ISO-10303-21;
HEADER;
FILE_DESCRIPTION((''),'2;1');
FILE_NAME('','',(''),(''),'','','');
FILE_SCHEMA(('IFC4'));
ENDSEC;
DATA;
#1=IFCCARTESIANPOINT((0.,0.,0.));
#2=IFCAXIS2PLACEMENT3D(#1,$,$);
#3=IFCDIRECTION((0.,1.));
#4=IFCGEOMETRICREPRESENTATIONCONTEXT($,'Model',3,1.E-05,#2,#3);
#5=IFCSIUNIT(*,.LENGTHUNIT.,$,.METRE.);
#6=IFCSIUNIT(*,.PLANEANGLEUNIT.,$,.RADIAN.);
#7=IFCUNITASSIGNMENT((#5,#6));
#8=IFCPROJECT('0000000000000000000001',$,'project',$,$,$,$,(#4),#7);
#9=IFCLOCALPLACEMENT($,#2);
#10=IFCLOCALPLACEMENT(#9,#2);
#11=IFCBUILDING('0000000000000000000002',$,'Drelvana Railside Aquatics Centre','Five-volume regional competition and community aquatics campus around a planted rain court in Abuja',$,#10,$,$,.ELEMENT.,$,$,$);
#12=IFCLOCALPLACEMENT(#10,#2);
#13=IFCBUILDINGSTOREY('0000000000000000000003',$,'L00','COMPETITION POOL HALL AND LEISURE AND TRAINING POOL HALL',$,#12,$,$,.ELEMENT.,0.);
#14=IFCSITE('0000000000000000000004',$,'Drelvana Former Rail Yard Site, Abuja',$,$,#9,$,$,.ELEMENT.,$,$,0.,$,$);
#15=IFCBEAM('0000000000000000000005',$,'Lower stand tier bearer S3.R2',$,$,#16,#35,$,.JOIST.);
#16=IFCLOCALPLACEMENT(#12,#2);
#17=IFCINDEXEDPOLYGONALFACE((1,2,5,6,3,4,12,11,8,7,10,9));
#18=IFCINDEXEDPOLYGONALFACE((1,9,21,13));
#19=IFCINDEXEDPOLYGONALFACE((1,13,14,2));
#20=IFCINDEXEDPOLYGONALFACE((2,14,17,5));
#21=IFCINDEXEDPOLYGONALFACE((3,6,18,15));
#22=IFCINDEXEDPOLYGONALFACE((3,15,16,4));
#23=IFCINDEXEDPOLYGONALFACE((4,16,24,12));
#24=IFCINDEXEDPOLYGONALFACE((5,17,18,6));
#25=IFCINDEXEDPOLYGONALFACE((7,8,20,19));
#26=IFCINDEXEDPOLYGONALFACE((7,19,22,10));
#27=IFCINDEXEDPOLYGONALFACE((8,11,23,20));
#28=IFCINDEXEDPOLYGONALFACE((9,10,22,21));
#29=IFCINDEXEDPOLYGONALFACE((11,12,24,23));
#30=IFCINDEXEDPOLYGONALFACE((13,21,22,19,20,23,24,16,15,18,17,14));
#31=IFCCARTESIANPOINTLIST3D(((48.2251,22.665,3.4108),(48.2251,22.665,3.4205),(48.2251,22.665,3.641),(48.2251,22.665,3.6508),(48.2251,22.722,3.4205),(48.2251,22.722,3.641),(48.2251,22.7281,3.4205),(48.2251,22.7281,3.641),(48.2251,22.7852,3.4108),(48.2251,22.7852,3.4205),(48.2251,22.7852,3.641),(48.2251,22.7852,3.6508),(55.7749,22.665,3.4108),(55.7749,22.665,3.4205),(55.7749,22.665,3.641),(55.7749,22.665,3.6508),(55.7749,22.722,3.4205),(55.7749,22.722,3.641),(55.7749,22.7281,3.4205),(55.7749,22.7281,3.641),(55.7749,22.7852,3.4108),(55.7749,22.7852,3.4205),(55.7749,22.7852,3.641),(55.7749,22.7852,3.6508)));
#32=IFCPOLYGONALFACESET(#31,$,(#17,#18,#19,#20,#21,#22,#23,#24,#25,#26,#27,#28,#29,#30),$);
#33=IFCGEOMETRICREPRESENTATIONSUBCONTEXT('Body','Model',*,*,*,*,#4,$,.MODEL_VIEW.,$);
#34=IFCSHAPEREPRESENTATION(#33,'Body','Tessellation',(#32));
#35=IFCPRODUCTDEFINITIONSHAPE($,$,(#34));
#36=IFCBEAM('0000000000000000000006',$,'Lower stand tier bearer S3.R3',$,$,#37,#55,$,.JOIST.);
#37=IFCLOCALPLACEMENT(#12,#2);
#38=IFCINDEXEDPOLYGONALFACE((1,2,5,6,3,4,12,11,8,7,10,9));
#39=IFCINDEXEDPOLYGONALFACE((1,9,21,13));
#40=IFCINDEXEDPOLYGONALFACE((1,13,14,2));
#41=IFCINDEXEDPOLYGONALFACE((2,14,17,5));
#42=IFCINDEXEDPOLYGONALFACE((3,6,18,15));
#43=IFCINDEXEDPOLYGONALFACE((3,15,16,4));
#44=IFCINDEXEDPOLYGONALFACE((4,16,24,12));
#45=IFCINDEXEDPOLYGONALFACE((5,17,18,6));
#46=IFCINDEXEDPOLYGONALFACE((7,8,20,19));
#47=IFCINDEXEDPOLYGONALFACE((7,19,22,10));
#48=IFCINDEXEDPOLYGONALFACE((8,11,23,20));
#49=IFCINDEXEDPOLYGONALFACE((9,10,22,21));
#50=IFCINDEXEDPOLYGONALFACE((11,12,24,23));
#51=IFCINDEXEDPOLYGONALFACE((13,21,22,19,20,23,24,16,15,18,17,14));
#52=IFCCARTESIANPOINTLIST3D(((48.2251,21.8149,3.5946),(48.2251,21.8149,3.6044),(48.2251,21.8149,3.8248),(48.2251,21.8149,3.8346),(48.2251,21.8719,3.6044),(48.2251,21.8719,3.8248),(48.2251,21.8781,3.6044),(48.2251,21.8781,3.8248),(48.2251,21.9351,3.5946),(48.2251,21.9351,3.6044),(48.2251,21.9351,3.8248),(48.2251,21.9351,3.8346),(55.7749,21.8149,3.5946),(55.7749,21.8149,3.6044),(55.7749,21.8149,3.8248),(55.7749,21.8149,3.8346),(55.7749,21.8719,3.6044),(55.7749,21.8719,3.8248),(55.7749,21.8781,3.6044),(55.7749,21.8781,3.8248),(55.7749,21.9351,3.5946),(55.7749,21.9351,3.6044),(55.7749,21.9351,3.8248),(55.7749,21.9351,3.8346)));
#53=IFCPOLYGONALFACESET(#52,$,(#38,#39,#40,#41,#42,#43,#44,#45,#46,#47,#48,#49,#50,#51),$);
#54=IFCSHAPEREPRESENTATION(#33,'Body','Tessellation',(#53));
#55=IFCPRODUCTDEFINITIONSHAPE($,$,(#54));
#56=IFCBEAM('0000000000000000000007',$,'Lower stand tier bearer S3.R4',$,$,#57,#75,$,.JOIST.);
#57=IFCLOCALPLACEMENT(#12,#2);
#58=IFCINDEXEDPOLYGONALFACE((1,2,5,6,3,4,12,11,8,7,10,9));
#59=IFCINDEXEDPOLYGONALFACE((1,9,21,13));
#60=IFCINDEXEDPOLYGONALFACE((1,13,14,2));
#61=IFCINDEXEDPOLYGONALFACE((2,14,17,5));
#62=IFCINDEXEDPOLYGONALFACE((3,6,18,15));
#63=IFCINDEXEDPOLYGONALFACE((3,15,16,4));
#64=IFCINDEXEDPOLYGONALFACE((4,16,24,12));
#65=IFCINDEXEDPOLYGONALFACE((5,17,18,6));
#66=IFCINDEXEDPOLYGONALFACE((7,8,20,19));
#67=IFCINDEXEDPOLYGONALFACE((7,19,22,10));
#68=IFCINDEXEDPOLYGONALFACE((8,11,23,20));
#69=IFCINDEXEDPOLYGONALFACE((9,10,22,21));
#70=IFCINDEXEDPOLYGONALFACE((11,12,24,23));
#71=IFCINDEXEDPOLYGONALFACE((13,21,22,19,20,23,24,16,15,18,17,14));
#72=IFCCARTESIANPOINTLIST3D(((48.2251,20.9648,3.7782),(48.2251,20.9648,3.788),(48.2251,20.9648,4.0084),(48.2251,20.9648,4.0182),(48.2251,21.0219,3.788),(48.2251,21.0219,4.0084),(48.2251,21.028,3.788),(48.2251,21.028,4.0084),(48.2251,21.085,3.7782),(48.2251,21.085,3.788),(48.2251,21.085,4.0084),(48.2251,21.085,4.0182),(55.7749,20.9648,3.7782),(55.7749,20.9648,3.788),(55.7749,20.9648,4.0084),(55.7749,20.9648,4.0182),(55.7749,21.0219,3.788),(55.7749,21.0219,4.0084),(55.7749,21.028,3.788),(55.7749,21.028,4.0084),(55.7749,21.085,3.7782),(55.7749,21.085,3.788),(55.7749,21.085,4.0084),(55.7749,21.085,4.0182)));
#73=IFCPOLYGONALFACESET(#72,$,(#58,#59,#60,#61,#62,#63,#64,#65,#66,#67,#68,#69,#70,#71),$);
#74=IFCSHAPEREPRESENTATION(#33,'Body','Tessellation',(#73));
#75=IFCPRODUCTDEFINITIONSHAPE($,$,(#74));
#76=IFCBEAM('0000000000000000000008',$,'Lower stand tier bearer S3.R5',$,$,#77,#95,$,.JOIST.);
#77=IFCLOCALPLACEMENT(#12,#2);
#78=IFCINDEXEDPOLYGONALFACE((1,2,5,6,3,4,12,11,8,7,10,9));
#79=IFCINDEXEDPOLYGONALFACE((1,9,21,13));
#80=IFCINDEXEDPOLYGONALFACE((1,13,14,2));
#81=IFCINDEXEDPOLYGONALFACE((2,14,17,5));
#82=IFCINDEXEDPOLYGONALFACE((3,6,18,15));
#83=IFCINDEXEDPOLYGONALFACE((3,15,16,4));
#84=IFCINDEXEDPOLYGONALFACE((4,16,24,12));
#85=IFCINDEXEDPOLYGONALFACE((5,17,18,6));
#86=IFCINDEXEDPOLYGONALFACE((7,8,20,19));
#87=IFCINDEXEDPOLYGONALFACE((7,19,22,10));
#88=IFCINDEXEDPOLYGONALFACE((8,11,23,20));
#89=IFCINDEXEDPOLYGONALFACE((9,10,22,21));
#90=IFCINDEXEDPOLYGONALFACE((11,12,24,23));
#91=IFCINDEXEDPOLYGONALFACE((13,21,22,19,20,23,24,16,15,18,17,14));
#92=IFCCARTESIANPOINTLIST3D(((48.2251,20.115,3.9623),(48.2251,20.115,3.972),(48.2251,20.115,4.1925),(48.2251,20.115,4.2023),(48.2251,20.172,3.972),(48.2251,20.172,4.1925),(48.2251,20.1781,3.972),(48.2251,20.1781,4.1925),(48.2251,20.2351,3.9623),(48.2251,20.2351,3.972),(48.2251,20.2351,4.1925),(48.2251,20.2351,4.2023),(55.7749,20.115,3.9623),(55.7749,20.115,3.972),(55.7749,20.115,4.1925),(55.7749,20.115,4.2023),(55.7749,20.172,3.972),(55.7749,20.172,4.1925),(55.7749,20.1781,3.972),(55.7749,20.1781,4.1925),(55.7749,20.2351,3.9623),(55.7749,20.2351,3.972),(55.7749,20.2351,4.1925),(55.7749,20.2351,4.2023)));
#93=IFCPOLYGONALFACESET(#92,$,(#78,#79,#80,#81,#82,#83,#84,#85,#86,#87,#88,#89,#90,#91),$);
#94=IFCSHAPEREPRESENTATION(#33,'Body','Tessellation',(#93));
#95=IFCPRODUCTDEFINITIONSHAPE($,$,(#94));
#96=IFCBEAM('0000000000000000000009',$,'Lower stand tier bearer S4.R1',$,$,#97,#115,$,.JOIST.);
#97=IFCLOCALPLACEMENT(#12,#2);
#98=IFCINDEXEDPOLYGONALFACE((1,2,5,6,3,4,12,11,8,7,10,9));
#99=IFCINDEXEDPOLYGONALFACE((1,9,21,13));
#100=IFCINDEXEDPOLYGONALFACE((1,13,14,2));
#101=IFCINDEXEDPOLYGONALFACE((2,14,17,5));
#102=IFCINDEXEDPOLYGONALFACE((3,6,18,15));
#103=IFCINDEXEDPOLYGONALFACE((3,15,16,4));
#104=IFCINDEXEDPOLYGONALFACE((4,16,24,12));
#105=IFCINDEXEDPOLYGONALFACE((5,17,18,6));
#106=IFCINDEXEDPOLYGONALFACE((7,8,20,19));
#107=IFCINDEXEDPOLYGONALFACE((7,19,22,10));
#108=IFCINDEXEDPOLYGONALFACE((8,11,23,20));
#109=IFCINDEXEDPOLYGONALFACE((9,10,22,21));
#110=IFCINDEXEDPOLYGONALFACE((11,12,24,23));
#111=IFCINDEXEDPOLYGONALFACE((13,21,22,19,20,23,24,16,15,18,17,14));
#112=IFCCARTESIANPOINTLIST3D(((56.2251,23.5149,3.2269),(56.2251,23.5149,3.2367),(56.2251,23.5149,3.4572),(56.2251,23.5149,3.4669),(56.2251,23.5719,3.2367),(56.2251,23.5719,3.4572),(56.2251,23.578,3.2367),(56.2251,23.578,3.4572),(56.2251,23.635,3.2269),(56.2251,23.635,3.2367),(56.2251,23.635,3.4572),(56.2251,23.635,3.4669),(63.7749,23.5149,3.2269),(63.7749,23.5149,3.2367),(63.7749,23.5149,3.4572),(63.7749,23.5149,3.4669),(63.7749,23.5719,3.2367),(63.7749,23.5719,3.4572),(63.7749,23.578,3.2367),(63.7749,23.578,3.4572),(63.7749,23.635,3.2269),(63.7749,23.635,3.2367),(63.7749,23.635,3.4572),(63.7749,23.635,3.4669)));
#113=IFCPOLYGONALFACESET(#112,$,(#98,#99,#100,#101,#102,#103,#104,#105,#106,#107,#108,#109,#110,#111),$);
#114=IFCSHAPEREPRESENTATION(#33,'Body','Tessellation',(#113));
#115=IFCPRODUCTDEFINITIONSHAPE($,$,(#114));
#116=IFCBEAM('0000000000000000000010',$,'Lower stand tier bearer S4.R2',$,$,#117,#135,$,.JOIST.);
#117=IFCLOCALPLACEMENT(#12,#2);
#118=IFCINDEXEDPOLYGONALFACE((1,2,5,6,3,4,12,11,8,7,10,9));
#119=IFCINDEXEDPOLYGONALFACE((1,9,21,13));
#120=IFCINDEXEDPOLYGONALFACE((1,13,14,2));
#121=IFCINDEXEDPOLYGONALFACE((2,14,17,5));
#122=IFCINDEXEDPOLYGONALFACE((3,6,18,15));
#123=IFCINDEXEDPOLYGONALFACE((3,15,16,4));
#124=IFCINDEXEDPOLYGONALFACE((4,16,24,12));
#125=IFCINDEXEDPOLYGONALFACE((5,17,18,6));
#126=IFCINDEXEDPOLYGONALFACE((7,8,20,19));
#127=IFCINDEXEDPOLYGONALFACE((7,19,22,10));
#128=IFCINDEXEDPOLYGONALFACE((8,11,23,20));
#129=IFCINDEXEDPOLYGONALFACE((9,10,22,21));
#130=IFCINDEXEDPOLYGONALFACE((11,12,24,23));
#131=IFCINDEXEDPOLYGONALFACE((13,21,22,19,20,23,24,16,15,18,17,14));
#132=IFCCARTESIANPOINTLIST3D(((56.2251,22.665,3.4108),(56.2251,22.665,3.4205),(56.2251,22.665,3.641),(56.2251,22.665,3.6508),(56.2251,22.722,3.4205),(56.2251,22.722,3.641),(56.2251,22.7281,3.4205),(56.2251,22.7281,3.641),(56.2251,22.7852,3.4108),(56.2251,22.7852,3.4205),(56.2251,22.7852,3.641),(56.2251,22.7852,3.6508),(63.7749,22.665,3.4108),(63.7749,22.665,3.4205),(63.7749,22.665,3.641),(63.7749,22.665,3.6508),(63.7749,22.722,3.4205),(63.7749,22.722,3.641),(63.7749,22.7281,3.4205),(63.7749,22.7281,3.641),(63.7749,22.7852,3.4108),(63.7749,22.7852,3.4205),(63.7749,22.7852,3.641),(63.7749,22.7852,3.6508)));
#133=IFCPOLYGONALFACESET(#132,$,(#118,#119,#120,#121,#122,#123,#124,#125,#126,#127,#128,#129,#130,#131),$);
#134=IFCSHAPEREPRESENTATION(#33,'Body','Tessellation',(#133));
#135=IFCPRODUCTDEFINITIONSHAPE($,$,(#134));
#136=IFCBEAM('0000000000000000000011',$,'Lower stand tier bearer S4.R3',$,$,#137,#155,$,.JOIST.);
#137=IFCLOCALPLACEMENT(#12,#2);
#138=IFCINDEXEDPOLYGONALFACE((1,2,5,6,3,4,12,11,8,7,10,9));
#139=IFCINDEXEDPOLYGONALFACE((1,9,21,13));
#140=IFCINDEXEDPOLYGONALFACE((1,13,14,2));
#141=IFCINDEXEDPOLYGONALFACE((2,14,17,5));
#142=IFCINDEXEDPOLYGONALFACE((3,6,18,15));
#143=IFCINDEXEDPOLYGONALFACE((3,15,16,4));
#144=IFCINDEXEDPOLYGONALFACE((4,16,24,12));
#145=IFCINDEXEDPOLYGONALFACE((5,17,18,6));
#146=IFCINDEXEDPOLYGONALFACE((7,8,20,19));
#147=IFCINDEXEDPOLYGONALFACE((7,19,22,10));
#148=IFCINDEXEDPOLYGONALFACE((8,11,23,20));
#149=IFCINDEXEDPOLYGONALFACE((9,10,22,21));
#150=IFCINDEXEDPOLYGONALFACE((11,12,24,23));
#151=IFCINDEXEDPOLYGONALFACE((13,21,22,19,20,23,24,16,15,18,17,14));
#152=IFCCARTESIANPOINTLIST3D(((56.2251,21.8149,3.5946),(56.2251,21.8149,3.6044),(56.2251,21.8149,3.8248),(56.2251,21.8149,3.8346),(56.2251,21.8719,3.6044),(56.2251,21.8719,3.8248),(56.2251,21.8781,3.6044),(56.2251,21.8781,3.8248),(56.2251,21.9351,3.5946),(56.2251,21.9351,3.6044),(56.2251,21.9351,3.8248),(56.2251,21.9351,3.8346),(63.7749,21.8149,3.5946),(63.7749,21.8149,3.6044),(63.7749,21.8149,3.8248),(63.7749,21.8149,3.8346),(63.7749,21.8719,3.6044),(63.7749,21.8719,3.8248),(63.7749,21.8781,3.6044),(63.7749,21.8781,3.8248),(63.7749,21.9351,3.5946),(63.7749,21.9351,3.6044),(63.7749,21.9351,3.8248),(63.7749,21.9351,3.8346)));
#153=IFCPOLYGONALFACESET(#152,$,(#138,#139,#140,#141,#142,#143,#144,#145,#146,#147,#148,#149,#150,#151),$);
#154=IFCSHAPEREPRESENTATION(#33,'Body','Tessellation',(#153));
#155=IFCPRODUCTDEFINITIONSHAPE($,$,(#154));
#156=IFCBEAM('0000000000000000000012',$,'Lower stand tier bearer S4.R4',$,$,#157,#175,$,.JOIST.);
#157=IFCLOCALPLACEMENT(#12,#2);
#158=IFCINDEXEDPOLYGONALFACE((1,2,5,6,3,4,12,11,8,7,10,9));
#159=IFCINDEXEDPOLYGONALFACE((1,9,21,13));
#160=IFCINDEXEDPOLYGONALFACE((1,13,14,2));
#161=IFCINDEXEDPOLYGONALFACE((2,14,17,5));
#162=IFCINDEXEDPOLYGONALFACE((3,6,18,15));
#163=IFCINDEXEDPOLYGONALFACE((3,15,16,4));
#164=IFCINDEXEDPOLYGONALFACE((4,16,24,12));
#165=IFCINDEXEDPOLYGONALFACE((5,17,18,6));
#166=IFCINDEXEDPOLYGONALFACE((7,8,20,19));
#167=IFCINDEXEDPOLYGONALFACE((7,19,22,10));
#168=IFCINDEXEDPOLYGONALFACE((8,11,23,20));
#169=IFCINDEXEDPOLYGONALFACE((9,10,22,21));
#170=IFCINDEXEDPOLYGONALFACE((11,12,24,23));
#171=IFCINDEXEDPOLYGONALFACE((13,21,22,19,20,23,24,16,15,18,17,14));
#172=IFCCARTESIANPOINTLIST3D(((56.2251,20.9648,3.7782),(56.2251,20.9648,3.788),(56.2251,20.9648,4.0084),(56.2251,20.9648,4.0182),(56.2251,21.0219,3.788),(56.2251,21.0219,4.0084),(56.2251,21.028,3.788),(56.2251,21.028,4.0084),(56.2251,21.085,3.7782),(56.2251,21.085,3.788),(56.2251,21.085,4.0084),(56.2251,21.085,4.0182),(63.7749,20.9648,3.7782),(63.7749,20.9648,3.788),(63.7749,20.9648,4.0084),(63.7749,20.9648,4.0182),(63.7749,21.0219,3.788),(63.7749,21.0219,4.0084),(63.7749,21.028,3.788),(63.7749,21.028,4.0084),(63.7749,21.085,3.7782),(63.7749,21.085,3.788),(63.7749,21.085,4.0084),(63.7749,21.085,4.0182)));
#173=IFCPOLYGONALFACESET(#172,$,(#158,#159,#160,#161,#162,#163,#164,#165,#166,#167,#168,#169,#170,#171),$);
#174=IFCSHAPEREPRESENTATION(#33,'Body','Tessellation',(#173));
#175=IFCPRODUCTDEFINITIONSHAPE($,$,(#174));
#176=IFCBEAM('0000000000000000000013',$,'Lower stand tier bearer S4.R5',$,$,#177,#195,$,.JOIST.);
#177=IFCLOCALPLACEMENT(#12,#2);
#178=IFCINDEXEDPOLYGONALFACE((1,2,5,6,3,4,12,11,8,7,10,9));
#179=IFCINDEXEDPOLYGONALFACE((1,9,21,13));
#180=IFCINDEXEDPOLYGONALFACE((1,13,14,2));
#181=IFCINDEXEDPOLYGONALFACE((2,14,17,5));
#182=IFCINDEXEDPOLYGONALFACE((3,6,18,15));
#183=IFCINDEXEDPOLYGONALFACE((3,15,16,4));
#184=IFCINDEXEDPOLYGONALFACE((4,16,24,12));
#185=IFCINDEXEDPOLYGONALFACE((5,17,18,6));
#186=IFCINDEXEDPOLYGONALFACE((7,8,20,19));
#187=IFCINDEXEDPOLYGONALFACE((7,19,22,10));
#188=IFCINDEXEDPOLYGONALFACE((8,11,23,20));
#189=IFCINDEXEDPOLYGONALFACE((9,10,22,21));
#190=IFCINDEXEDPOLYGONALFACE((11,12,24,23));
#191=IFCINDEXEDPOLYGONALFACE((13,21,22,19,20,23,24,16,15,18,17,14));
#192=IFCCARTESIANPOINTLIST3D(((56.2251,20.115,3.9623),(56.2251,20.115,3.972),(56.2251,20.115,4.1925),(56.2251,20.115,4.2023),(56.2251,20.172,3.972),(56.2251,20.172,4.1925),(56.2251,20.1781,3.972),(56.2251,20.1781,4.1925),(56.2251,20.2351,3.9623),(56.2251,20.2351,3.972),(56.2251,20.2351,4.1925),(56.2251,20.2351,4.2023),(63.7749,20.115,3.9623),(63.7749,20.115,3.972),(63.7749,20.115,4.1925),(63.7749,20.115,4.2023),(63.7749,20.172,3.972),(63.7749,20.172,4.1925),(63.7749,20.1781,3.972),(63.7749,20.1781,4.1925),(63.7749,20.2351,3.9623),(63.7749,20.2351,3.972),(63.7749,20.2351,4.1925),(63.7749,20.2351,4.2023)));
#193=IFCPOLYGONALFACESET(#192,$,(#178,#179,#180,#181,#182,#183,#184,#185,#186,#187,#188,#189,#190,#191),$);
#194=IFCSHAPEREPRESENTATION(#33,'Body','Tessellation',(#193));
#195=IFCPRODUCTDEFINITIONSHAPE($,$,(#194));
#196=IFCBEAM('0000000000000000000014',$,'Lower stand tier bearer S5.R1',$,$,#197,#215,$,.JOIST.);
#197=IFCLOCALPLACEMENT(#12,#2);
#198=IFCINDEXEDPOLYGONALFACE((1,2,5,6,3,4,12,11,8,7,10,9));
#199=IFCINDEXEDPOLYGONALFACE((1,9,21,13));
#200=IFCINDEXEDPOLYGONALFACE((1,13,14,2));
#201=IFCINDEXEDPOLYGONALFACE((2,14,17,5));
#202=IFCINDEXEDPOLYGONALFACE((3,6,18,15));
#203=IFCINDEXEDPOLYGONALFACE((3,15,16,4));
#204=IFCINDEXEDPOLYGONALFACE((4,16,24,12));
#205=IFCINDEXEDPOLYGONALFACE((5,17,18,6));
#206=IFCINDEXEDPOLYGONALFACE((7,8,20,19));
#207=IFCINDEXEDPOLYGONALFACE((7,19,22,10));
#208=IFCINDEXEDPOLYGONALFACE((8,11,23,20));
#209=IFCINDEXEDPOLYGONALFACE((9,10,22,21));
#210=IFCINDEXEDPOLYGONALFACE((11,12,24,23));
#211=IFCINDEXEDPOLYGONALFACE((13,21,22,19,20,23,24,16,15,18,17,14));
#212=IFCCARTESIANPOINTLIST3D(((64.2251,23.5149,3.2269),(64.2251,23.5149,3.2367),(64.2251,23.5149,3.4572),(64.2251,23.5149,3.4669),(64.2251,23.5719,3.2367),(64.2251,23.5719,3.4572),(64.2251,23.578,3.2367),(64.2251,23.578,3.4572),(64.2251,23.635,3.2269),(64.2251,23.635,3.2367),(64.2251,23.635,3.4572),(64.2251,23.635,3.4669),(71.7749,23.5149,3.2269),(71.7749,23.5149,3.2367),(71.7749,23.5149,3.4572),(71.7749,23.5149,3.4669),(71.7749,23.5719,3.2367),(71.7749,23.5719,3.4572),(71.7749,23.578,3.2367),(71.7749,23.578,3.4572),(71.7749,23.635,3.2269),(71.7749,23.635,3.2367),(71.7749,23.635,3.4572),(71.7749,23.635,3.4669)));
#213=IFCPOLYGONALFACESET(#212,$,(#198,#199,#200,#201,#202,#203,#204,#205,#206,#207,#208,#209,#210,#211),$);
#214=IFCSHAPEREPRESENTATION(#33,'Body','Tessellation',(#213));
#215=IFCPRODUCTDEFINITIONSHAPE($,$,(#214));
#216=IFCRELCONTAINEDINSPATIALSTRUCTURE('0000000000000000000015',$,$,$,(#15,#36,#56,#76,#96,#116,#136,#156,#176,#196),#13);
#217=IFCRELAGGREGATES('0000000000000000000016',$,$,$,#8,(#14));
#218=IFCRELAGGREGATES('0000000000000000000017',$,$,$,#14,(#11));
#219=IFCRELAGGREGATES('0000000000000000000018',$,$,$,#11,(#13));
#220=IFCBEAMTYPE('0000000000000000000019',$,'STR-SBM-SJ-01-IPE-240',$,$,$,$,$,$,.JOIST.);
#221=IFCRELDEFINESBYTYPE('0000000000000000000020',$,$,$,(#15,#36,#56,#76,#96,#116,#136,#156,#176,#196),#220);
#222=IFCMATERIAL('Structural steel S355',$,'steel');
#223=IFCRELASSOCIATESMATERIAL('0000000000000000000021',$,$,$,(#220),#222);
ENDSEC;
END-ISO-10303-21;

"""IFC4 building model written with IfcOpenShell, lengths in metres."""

from ifc_helpers import new_model, si_unit, direction, frame, origin, origin_2d, place, context, subcontext, project, spatial, i_section, extrude, material, material_profile, profile_set, type_object, element, save


model = new_model("IFC4")

# Units and contexts
model_context = context("Model", 3, precision=1e-05, world=origin(), true_north=direction((0.0, 1.0)))
body_context = subcontext(model_context, "Body", "Model", "MODEL_VIEW")
ifc_project = project(units=[si_unit("LENGTHUNIT", "METRE"), si_unit("PLANEANGLEUNIT", "RADIAN")], contexts=[model_context])

# Site, building, storey
site_placement = place(None, origin())
site = spatial("IfcSite", under=ifc_project, at=site_placement, Name="Drelvana Former Rail Yard Site, Abuja", CompositionType="ELEMENT", RefElevation=0.0)
building_placement = place(site_placement, origin())
building = spatial("IfcBuilding", under=site, at=building_placement, Name="Drelvana Railside Aquatics Centre", Description="Five-volume regional competition and community aquatics campus around a planted rain court in Abuja", CompositionType="ELEMENT")
storey_placement = place(building_placement, origin())
storey = spatial("IfcBuildingStorey", under=building, at=storey_placement, Name="L00", Description="COMPETITION POOL HALL AND LEISURE AND TRAINING POOL HALL", CompositionType="ELEMENT", Elevation=0.0)

# Beams
ifc_material_1 = material(Name="Structural steel S355", Category="steel")
ifc_material_profile_1 = material_profile(ifc_material_1, i_section(OverallWidth=0.1201, OverallDepth=0.24, WebThickness=0.0061, FlangeThickness=0.0098, at=origin_2d()), Name="IPE 240")
ifc_profile_set_1 = profile_set([ifc_material_profile_1], Name="Structural steel S355")
beam_type_1 = type_object("IfcBeamType", Name="STR-SBM-SJ-01-IPE-240", PredefinedType="JOIST", material=ifc_profile_set_1)
for number, where, z_axis, x_axis, name in (
    (1, (48.2251, 22.7251, 3.5308), (1.0, 0.0, 0.0), (0.0, 1.0, 0.0), "Lower stand tier bearer S3.R2"),
    (2, (48.2251, 21.875, 3.7146), (1.0, 0.0, 0.0), (0.0, 1.0, 0.0), "Lower stand tier bearer S3.R3"),
    (3, (48.2251, 21.0249, 3.8982), (1.0, 0.0, 0.0), (0.0, 1.0, 0.0), "Lower stand tier bearer S3.R4"),
    (4, (48.2251, 20.175, 4.0823), (1.0, 0.0, 0.0), (0.0, 1.0, 0.0), "Lower stand tier bearer S3.R5"),
    (5, (56.2251, 23.575, 3.3469), (1.0, 0.0, 0.0), (0.0, 1.0, 0.0), "Lower stand tier bearer S4.R1"),
    (6, (56.2251, 22.7251, 3.5308), (1.0, 0.0, 0.0), (0.0, 1.0, 0.0), "Lower stand tier bearer S4.R2"),
    (7, (56.2251, 21.875, 3.7146), (1.0, 0.0, 0.0), (0.0, 1.0, 0.0), "Lower stand tier bearer S4.R3"),
    (8, (56.2251, 21.0249, 3.8982), (1.0, 0.0, 0.0), (0.0, 1.0, 0.0), "Lower stand tier bearer S4.R4"),
    (9, (56.2251, 20.175, 4.0823), (1.0, 0.0, 0.0), (0.0, 1.0, 0.0), "Lower stand tier bearer S4.R5"),
    (10, (64.2251, 23.575, 3.3469), (1.0, 0.0, 0.0), (0.0, 1.0, 0.0), "Lower stand tier bearer S5.R1"),
):
    element("IfcBeam", number, at=place(storey_placement, frame(where, z_axis=z_axis, x_axis=x_axis)), inside=storey, type_object=beam_type_1, Name=name, PredefinedType="JOIST", context=body_context, shape_type="SweptSolid", body=[
        extrude(i_section(OverallWidth=0.1201, OverallDepth=0.24, WebThickness=0.0061, FlangeThickness=0.0098, at=origin_2d()), origin(), (0.0, 0.0, 1.0), 7.5498),
    ])

save(model, "model.ifc")
